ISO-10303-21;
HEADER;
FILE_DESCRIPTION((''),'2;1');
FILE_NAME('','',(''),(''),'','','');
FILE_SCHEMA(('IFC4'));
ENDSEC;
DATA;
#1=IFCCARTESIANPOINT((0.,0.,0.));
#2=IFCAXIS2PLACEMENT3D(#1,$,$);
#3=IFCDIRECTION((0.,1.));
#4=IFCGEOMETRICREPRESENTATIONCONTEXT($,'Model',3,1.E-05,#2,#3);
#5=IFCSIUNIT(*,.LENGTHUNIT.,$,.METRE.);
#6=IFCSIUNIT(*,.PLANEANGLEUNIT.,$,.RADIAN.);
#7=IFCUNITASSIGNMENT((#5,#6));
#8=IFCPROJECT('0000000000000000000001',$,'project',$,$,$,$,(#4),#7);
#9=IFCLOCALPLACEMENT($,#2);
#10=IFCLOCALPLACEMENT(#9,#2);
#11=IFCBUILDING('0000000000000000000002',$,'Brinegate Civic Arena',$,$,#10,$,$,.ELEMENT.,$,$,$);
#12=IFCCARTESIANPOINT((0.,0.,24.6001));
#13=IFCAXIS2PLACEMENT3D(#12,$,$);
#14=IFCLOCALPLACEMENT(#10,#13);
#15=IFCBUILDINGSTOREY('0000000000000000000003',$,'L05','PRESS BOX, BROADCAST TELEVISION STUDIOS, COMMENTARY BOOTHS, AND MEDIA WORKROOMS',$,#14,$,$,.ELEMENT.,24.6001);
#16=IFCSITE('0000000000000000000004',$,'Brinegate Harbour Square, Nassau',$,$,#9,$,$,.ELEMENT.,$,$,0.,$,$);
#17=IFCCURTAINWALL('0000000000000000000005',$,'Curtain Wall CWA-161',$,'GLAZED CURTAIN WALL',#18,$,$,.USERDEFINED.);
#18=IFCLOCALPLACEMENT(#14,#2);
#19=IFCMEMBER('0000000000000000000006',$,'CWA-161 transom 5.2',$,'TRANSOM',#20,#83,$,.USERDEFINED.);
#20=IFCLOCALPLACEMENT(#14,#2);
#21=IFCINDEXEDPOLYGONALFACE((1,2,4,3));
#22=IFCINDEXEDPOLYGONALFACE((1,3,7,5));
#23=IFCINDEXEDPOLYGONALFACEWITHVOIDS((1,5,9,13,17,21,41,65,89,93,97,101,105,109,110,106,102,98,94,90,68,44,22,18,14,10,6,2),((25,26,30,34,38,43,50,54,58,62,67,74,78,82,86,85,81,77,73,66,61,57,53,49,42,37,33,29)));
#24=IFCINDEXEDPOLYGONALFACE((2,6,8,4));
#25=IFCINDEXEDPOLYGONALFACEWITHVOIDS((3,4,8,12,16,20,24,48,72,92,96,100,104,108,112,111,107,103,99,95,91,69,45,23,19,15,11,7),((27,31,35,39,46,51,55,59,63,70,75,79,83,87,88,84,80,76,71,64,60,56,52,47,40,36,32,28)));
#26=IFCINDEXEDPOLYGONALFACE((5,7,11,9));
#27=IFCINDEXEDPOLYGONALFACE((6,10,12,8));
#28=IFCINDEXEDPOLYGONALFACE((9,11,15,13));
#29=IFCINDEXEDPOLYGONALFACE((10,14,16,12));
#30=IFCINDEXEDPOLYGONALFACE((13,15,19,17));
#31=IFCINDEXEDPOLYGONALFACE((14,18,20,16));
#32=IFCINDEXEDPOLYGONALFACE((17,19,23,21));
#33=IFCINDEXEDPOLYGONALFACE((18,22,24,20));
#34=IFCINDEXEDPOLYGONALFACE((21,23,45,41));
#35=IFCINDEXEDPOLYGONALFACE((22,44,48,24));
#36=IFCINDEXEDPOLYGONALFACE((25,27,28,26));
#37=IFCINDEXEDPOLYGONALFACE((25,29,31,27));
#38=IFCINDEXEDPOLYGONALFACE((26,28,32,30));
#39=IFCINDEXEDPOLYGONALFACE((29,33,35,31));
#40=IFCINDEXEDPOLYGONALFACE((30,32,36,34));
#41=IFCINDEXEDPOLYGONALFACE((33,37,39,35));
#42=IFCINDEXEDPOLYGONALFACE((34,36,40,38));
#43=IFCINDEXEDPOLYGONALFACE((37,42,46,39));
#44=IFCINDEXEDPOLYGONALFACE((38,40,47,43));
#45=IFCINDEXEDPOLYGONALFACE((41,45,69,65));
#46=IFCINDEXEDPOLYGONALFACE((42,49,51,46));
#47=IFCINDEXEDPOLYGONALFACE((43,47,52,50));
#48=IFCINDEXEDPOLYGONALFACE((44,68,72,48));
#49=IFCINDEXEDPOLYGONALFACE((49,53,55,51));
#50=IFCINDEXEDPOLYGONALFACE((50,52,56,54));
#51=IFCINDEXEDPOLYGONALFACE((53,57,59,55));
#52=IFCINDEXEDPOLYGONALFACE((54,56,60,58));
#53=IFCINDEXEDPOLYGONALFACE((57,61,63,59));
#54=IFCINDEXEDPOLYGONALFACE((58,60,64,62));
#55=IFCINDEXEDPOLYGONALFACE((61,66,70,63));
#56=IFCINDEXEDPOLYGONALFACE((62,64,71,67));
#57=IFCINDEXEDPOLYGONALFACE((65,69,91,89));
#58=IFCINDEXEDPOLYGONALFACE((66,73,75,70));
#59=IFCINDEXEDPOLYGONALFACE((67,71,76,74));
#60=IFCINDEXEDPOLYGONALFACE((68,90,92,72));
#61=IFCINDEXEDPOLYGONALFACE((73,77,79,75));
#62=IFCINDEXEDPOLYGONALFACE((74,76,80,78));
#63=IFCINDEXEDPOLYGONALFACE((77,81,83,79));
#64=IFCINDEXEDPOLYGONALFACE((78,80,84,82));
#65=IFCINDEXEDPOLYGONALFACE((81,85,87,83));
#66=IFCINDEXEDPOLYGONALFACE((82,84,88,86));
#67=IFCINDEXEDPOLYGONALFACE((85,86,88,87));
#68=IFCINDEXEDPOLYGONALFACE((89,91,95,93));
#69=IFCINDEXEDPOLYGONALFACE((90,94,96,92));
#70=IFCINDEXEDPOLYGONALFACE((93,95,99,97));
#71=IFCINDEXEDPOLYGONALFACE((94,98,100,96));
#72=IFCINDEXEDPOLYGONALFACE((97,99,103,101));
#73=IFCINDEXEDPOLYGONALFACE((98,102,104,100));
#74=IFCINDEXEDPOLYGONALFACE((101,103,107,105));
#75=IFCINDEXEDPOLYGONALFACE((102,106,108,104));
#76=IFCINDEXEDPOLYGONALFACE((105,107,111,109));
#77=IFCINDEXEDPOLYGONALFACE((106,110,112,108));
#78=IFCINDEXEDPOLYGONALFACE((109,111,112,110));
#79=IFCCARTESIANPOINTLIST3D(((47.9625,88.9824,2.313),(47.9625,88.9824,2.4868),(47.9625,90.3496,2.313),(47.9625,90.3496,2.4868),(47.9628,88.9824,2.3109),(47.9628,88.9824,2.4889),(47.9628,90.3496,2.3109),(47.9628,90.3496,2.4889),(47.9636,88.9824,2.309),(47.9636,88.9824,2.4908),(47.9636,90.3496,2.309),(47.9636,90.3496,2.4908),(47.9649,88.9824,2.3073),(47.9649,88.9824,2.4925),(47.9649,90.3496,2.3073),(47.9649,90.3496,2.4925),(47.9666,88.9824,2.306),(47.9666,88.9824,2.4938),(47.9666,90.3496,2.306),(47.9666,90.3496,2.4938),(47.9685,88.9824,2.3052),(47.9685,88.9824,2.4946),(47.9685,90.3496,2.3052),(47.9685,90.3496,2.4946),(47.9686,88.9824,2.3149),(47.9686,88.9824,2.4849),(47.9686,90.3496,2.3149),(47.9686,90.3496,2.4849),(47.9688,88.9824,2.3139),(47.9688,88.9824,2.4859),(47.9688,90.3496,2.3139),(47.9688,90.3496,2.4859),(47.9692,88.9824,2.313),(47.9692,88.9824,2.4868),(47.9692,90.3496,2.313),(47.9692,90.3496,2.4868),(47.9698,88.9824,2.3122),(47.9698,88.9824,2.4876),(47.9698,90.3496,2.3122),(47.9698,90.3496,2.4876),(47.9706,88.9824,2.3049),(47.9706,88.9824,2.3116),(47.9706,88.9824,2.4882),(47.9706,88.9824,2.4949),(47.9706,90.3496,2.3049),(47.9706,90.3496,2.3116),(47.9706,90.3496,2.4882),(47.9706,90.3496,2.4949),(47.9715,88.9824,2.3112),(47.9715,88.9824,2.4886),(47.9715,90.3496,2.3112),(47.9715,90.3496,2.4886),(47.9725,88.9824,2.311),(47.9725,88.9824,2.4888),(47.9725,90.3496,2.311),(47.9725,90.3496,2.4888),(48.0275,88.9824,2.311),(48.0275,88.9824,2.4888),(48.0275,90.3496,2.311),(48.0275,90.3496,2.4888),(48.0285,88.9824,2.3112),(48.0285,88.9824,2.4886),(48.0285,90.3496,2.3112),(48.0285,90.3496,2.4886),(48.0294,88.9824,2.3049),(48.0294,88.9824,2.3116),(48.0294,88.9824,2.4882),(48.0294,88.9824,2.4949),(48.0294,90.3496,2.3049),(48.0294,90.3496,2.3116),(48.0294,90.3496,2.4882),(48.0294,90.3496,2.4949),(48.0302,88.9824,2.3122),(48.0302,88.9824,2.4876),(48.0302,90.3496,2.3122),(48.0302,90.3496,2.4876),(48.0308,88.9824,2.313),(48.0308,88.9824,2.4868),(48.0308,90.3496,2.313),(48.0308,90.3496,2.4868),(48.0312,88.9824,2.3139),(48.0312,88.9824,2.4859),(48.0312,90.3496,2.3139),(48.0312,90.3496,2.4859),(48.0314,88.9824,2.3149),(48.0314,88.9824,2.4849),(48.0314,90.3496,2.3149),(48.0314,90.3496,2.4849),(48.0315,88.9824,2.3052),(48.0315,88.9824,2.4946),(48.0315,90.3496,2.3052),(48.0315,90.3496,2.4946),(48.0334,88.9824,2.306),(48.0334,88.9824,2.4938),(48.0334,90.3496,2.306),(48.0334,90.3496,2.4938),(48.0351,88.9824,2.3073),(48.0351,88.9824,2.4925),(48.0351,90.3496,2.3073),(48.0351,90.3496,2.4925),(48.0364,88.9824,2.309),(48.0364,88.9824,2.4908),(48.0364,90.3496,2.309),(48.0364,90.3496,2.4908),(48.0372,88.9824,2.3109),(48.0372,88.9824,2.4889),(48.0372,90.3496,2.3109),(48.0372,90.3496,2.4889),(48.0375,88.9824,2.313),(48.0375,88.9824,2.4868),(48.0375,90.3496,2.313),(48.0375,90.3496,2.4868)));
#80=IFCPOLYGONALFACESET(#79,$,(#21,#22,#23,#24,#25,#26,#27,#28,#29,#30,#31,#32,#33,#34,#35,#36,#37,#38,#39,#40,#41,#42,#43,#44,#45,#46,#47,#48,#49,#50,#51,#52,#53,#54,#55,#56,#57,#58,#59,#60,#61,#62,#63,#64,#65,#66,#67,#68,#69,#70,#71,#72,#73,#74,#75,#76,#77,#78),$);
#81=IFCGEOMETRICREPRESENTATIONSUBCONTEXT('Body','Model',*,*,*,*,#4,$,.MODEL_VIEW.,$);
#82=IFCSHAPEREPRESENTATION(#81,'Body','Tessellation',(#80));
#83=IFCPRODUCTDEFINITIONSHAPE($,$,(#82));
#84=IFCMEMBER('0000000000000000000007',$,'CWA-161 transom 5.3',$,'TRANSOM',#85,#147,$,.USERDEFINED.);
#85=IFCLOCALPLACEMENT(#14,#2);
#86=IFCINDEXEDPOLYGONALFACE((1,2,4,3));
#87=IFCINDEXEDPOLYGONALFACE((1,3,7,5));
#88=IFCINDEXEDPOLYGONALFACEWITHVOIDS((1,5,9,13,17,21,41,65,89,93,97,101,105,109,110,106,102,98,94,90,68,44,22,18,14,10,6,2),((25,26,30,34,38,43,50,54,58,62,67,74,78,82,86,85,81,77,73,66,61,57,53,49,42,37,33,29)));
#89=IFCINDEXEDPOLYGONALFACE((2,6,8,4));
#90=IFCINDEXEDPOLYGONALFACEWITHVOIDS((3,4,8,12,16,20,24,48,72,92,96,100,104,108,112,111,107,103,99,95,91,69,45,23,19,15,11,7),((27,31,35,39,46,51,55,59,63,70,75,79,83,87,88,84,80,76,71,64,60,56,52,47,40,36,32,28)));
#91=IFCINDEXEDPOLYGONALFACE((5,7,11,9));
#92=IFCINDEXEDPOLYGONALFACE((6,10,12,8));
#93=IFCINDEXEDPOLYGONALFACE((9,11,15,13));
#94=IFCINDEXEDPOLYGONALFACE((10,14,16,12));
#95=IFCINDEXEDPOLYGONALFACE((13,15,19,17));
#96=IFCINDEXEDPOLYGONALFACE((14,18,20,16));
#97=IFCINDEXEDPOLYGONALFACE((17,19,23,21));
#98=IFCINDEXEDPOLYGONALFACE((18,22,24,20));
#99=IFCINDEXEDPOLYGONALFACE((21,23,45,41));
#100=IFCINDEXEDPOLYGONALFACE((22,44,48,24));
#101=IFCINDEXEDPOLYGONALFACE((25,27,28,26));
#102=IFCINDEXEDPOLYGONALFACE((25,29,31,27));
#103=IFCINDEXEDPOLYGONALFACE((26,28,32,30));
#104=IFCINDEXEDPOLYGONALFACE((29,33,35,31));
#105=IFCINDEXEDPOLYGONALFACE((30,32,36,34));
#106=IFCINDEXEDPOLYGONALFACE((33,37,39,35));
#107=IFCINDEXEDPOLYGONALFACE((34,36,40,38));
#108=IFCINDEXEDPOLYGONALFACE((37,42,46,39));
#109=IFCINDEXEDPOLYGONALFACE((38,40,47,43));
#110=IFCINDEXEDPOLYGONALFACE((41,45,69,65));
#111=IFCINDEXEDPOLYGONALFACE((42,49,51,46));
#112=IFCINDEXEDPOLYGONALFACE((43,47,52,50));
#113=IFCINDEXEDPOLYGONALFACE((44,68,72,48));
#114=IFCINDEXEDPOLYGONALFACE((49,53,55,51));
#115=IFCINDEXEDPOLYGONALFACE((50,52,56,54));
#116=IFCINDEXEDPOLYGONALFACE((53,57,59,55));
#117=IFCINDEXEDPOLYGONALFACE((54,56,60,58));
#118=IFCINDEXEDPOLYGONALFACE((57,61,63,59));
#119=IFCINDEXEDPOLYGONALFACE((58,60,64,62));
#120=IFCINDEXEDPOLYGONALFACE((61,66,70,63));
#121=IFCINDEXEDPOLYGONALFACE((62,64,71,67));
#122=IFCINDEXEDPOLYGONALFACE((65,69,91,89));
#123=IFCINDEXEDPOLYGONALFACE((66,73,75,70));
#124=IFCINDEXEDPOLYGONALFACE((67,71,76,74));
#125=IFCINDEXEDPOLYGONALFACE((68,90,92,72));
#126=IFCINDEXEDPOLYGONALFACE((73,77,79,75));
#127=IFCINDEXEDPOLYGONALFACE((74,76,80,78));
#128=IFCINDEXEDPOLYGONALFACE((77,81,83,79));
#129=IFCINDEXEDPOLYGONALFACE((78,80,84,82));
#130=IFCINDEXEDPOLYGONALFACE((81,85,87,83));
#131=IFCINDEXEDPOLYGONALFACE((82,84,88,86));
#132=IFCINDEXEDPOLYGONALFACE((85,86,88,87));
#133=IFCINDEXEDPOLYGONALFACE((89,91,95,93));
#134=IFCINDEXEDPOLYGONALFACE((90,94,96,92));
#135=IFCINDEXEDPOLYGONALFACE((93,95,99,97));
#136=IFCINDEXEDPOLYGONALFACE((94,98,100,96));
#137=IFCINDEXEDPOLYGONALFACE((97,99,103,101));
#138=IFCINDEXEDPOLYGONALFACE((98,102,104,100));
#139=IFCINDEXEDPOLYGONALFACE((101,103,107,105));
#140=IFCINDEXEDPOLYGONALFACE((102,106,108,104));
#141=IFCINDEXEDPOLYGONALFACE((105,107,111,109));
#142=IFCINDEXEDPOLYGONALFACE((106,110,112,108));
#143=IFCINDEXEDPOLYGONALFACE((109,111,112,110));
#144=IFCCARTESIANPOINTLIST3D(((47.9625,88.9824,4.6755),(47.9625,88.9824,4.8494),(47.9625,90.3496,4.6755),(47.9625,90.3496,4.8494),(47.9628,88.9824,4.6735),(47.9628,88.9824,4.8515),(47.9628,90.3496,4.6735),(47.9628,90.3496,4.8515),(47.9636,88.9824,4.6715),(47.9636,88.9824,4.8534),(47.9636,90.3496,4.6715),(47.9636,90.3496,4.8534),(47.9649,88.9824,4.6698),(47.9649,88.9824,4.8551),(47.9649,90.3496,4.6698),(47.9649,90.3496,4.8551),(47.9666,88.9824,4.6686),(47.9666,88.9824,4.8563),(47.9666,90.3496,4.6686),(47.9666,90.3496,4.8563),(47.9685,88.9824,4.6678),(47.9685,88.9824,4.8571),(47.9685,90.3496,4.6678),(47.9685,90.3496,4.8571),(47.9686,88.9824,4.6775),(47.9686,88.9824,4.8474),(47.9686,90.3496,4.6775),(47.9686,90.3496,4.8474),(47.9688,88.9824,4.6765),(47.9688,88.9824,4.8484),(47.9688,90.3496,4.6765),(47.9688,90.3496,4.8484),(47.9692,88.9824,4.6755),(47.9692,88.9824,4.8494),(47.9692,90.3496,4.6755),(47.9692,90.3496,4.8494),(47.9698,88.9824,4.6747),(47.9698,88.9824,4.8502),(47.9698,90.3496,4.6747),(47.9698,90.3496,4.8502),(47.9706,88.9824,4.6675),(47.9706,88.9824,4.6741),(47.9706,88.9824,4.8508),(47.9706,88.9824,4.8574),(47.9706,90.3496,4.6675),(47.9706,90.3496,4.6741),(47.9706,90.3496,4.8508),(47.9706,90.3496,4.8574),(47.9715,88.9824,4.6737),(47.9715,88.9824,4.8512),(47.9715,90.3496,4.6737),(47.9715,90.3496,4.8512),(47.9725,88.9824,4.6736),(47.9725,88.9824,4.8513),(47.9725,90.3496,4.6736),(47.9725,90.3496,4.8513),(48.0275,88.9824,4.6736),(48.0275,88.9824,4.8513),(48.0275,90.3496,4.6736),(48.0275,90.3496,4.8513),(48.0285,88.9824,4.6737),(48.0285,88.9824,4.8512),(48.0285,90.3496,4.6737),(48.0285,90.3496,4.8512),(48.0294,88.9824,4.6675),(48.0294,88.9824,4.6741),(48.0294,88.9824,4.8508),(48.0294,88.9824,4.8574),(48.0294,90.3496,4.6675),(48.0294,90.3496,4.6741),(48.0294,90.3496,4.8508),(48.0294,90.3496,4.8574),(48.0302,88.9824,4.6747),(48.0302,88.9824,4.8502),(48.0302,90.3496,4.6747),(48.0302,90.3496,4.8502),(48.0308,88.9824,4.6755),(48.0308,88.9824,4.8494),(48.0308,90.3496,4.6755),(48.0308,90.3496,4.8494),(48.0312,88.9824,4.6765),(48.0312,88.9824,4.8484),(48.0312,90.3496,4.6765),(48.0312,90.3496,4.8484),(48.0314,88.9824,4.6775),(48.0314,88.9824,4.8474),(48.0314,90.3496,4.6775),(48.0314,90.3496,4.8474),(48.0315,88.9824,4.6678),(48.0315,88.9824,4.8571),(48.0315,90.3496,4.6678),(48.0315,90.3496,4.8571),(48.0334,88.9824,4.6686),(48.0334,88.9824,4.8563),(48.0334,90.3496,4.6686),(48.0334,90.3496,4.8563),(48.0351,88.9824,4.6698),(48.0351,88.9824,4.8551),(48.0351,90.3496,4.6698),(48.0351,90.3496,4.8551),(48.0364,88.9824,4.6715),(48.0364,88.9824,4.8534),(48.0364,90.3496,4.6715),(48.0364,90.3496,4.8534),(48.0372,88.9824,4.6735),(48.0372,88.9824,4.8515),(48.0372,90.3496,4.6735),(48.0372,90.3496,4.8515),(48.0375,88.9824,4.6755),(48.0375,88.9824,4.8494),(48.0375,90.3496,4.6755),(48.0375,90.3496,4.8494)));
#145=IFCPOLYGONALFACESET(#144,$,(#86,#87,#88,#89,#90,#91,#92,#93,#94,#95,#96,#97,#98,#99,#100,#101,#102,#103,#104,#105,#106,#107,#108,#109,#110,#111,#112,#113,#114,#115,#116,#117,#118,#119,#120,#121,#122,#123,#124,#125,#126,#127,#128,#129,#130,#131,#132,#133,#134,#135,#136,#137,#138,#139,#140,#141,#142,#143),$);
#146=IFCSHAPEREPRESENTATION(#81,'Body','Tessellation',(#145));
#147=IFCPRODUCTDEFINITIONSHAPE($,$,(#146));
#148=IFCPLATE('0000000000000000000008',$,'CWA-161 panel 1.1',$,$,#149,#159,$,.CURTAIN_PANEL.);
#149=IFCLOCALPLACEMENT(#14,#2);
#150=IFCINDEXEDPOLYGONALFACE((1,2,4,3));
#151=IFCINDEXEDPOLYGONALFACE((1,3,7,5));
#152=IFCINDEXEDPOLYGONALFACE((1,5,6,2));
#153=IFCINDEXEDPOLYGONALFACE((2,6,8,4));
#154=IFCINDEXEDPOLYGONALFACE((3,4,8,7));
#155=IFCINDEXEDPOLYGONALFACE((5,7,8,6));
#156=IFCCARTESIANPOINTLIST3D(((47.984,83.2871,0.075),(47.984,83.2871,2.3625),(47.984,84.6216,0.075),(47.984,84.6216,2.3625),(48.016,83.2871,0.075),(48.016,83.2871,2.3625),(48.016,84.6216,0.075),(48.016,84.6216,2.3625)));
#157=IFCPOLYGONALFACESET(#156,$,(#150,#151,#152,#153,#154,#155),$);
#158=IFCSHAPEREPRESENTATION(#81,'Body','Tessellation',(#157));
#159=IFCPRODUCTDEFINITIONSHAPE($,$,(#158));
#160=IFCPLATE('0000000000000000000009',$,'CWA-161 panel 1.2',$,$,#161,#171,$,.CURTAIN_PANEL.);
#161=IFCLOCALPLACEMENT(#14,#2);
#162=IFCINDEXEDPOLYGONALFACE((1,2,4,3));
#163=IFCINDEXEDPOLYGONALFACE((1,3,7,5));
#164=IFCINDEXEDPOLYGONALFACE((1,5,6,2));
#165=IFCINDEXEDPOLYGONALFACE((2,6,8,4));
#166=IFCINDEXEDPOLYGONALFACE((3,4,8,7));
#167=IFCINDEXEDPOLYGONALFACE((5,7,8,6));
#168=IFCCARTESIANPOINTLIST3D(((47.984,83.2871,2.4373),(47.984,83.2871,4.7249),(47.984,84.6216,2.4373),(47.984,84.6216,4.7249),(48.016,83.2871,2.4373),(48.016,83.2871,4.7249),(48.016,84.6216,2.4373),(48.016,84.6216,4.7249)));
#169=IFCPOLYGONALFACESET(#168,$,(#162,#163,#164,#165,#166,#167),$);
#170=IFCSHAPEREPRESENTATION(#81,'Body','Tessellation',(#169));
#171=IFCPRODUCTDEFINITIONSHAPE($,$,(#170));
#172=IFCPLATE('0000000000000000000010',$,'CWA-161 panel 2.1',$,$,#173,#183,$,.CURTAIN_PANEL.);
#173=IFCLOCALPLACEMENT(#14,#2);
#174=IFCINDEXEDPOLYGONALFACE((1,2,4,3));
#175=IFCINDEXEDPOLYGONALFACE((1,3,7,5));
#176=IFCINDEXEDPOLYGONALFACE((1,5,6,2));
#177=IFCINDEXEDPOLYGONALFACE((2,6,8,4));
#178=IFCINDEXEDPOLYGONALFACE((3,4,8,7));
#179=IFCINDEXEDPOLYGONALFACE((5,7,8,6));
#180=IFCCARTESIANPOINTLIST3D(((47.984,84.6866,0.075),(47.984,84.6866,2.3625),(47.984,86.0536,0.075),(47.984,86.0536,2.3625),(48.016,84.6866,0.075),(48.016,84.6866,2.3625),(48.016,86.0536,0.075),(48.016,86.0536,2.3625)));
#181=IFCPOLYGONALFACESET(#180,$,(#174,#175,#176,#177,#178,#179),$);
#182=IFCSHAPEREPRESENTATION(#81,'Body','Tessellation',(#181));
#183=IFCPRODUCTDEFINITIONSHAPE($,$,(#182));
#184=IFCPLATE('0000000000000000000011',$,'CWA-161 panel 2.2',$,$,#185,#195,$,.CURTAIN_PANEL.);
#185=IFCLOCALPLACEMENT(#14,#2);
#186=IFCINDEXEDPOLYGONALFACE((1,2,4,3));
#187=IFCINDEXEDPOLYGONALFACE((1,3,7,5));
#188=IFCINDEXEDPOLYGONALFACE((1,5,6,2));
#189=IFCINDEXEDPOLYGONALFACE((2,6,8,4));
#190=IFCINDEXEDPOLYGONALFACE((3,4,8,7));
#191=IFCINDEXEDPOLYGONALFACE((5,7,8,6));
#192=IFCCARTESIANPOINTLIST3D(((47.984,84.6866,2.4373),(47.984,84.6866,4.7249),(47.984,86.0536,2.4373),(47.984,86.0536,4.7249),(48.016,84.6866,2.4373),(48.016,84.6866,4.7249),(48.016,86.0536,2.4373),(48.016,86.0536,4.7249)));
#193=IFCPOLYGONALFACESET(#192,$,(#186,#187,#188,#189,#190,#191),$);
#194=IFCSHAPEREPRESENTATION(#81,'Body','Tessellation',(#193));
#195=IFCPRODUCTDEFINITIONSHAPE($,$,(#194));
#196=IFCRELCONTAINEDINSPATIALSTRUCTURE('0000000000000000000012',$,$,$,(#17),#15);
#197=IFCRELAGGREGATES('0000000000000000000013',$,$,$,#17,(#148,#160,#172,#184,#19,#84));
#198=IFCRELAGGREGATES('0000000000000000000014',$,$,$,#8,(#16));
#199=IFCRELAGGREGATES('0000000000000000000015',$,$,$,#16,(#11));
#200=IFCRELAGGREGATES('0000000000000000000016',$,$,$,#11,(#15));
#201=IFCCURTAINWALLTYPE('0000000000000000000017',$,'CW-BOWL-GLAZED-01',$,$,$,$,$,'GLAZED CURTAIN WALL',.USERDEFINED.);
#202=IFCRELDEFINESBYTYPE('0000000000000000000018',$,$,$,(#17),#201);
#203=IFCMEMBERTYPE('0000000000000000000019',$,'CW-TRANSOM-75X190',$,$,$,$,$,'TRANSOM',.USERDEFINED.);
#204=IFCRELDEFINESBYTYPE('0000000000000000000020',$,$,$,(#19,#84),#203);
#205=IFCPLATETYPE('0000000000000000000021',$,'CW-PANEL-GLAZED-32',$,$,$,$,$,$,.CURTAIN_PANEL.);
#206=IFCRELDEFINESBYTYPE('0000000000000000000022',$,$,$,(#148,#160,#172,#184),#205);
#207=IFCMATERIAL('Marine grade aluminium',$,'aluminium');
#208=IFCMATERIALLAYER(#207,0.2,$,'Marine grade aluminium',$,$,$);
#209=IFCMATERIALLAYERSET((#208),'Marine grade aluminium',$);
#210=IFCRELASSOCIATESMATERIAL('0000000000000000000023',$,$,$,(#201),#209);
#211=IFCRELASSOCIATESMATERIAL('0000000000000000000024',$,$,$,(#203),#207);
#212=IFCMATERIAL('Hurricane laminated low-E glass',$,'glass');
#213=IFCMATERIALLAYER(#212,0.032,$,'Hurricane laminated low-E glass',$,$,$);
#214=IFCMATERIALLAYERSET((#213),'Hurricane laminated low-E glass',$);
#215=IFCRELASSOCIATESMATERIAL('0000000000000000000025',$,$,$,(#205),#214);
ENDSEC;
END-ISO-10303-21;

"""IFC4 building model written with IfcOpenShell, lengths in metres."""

from ifc_helpers import new_model, si_unit, direction, frame, origin, origin_2d, place, context, subcontext, project, spatial, rectangle, hollow_rectangle, extrude, material, layer, layer_set, material_profile, profile_set, type_object, element, aggregate, save


model = new_model("IFC4")

# Units and contexts
model_context = context("Model", 3, precision=1e-05, world=origin(), true_north=direction((0.0, 1.0)))
body_context = subcontext(model_context, "Body", "Model", "MODEL_VIEW")
ifc_project = project(units=[si_unit("LENGTHUNIT", "METRE"), si_unit("PLANEANGLEUNIT", "RADIAN")], contexts=[model_context])

# Site, building, storey
site_placement = place(None, origin())
site = spatial("IfcSite", under=ifc_project, at=site_placement, Name="Brinegate Harbour Square, Nassau", CompositionType="ELEMENT", RefElevation=0.0)
building_placement = place(site_placement, origin())
building = spatial("IfcBuilding", under=site, at=building_placement, Name="Brinegate Civic Arena", CompositionType="ELEMENT")
storey_placement = place(building_placement, frame((0.0, 0.0, 24.6001)))
storey = spatial("IfcBuildingStorey", under=building, at=storey_placement, Name="L05", Description="PRESS BOX, BROADCAST TELEVISION STUDIOS, COMMENTARY BOOTHS, AND MEDIA WORKROOMS", CompositionType="ELEMENT", Elevation=24.6001)

# Curtain wall, members, plates
ifc_material_1 = material(Name="Marine grade aluminium", Category="aluminium")
ifc_layer_1 = layer(ifc_material_1, 0.2, Name="Marine grade aluminium")
ifc_layer_set_1 = layer_set([ifc_layer_1], Name="Marine grade aluminium")
curtain_wall_type = type_object("IfcCurtainWallType", Name="CW-BOWL-GLAZED-01", ElementType="GLAZED CURTAIN WALL", PredefinedType="USERDEFINED", material=ifc_layer_set_1)
curtain_wall_placement = place(storey_placement, origin())
curtain_wall = element("IfcCurtainWall", 1, at=curtain_wall_placement, inside=storey, type_object=curtain_wall_type, Name="Curtain Wall CWA-161", ObjectType="GLAZED CURTAIN WALL", PredefinedType="USERDEFINED")
ifc_material_profile_1 = material_profile(ifc_material_1, hollow_rectangle(XDim=0.075, YDim=0.1899, WallThickness=0.0061, InnerFilletRadius=0.0039, OuterFilletRadius=0.0081, at=origin_2d()), Name="TRN75X190")
ifc_profile_set_1 = profile_set([ifc_material_profile_1], Name="Marine grade aluminium")
member_type_1 = type_object("IfcMemberType", Name="CW-TRANSOM-75X190", ElementType="TRANSOM", PredefinedType="USERDEFINED", material=ifc_profile_set_1)
member_1_placement = place(storey_placement, frame((48.0, 88.9824, 2.3999), z_axis=(0.0, 1.0, 0.0), x_axis=(-1.0, 0.0, 0.0)))
member_1 = element("IfcMember", 2, at=member_1_placement, type_object=member_type_1, Name="CWA-161 transom 5.2", ObjectType="TRANSOM", PredefinedType="USERDEFINED", context=body_context, shape_type="SweptSolid", body=[
    extrude(hollow_rectangle(XDim=0.075, YDim=0.1899, WallThickness=0.0061, InnerFilletRadius=0.0039, OuterFilletRadius=0.0081, at=origin_2d()), origin(), (0.0, 0.0, 1.0), 1.3672),
])
member_2_placement = place(storey_placement, frame((48.0, 88.9824, 4.7625), z_axis=(0.0, 1.0, 0.0), x_axis=(-1.0, 0.0, 0.0)))
member_2 = element("IfcMember", 3, at=member_2_placement, type_object=member_type_1, Name="CWA-161 transom 5.3", ObjectType="TRANSOM", PredefinedType="USERDEFINED", context=body_context, shape_type="SweptSolid", body=[
    extrude(hollow_rectangle(XDim=0.075, YDim=0.1899, WallThickness=0.0061, InnerFilletRadius=0.0039, OuterFilletRadius=0.0081, at=origin_2d()), origin(), (0.0, 0.0, 1.0), 1.3672),
])
ifc_material_2 = material(Name="Hurricane laminated low-E glass", Category="glass")
ifc_layer_2 = layer(ifc_material_2, 0.032, Name="Hurricane laminated low-E glass")
ifc_layer_set_2 = layer_set([ifc_layer_2], Name="Hurricane laminated low-E glass")
plate_type = type_object("IfcPlateType", Name="CW-PANEL-GLAZED-32", PredefinedType="CURTAIN_PANEL", material=ifc_layer_set_2)
plate_1_placement = place(storey_placement, frame((48.0, 83.9543, 0.075), z_axis=(0.0, 0.0, 1.0), x_axis=(0.0, 1.0, 0.0)))
plate_1 = element("IfcPlate", 4, at=plate_1_placement, type_object=plate_type, Name="CWA-161 panel 1.1", PredefinedType="CURTAIN_PANEL", context=body_context, shape_type="SweptSolid", body=[
    extrude(rectangle(XDim=1.3345, YDim=0.032, at=origin_2d()), origin(), (0.0, 0.0, 1.0), 2.2876),
])
plate_2_placement = place(storey_placement, frame((48.0, 83.9543, 2.4373), z_axis=(0.0, 0.0, 1.0), x_axis=(0.0, 1.0, 0.0)))
plate_2 = element("IfcPlate", 5, at=plate_2_placement, type_object=plate_type, Name="CWA-161 panel 1.2", PredefinedType="CURTAIN_PANEL", context=body_context, shape_type="SweptSolid", body=[
    extrude(rectangle(XDim=1.3345, YDim=0.032, at=origin_2d()), origin(), (0.0, 0.0, 1.0), 2.2876),
])
plate_3_placement = place(storey_placement, frame((48.0, 85.3701, 0.075), z_axis=(0.0, 0.0, 1.0), x_axis=(0.0, 1.0, 0.0)))
plate_3 = element("IfcPlate", 6, at=plate_3_placement, type_object=plate_type, Name="CWA-161 panel 2.1", PredefinedType="CURTAIN_PANEL", context=body_context, shape_type="SweptSolid", body=[
    extrude(rectangle(XDim=1.3669, YDim=0.032, at=origin_2d()), origin(), (0.0, 0.0, 1.0), 2.2876),
])
plate_4_placement = place(storey_placement, frame((48.0, 85.3701, 2.4373), z_axis=(0.0, 0.0, 1.0), x_axis=(0.0, 1.0, 0.0)))
plate_4 = element("IfcPlate", 7, at=plate_4_placement, type_object=plate_type, Name="CWA-161 panel 2.2", PredefinedType="CURTAIN_PANEL", context=body_context, shape_type="SweptSolid", body=[
    extrude(rectangle(XDim=1.3669, YDim=0.032, at=origin_2d()), origin(), (0.0, 0.0, 1.0), 2.2876),
])
aggregate(curtain_wall, [plate_1, plate_2, plate_3, plate_4, member_1, member_2])

save(model, "model.ifc")
